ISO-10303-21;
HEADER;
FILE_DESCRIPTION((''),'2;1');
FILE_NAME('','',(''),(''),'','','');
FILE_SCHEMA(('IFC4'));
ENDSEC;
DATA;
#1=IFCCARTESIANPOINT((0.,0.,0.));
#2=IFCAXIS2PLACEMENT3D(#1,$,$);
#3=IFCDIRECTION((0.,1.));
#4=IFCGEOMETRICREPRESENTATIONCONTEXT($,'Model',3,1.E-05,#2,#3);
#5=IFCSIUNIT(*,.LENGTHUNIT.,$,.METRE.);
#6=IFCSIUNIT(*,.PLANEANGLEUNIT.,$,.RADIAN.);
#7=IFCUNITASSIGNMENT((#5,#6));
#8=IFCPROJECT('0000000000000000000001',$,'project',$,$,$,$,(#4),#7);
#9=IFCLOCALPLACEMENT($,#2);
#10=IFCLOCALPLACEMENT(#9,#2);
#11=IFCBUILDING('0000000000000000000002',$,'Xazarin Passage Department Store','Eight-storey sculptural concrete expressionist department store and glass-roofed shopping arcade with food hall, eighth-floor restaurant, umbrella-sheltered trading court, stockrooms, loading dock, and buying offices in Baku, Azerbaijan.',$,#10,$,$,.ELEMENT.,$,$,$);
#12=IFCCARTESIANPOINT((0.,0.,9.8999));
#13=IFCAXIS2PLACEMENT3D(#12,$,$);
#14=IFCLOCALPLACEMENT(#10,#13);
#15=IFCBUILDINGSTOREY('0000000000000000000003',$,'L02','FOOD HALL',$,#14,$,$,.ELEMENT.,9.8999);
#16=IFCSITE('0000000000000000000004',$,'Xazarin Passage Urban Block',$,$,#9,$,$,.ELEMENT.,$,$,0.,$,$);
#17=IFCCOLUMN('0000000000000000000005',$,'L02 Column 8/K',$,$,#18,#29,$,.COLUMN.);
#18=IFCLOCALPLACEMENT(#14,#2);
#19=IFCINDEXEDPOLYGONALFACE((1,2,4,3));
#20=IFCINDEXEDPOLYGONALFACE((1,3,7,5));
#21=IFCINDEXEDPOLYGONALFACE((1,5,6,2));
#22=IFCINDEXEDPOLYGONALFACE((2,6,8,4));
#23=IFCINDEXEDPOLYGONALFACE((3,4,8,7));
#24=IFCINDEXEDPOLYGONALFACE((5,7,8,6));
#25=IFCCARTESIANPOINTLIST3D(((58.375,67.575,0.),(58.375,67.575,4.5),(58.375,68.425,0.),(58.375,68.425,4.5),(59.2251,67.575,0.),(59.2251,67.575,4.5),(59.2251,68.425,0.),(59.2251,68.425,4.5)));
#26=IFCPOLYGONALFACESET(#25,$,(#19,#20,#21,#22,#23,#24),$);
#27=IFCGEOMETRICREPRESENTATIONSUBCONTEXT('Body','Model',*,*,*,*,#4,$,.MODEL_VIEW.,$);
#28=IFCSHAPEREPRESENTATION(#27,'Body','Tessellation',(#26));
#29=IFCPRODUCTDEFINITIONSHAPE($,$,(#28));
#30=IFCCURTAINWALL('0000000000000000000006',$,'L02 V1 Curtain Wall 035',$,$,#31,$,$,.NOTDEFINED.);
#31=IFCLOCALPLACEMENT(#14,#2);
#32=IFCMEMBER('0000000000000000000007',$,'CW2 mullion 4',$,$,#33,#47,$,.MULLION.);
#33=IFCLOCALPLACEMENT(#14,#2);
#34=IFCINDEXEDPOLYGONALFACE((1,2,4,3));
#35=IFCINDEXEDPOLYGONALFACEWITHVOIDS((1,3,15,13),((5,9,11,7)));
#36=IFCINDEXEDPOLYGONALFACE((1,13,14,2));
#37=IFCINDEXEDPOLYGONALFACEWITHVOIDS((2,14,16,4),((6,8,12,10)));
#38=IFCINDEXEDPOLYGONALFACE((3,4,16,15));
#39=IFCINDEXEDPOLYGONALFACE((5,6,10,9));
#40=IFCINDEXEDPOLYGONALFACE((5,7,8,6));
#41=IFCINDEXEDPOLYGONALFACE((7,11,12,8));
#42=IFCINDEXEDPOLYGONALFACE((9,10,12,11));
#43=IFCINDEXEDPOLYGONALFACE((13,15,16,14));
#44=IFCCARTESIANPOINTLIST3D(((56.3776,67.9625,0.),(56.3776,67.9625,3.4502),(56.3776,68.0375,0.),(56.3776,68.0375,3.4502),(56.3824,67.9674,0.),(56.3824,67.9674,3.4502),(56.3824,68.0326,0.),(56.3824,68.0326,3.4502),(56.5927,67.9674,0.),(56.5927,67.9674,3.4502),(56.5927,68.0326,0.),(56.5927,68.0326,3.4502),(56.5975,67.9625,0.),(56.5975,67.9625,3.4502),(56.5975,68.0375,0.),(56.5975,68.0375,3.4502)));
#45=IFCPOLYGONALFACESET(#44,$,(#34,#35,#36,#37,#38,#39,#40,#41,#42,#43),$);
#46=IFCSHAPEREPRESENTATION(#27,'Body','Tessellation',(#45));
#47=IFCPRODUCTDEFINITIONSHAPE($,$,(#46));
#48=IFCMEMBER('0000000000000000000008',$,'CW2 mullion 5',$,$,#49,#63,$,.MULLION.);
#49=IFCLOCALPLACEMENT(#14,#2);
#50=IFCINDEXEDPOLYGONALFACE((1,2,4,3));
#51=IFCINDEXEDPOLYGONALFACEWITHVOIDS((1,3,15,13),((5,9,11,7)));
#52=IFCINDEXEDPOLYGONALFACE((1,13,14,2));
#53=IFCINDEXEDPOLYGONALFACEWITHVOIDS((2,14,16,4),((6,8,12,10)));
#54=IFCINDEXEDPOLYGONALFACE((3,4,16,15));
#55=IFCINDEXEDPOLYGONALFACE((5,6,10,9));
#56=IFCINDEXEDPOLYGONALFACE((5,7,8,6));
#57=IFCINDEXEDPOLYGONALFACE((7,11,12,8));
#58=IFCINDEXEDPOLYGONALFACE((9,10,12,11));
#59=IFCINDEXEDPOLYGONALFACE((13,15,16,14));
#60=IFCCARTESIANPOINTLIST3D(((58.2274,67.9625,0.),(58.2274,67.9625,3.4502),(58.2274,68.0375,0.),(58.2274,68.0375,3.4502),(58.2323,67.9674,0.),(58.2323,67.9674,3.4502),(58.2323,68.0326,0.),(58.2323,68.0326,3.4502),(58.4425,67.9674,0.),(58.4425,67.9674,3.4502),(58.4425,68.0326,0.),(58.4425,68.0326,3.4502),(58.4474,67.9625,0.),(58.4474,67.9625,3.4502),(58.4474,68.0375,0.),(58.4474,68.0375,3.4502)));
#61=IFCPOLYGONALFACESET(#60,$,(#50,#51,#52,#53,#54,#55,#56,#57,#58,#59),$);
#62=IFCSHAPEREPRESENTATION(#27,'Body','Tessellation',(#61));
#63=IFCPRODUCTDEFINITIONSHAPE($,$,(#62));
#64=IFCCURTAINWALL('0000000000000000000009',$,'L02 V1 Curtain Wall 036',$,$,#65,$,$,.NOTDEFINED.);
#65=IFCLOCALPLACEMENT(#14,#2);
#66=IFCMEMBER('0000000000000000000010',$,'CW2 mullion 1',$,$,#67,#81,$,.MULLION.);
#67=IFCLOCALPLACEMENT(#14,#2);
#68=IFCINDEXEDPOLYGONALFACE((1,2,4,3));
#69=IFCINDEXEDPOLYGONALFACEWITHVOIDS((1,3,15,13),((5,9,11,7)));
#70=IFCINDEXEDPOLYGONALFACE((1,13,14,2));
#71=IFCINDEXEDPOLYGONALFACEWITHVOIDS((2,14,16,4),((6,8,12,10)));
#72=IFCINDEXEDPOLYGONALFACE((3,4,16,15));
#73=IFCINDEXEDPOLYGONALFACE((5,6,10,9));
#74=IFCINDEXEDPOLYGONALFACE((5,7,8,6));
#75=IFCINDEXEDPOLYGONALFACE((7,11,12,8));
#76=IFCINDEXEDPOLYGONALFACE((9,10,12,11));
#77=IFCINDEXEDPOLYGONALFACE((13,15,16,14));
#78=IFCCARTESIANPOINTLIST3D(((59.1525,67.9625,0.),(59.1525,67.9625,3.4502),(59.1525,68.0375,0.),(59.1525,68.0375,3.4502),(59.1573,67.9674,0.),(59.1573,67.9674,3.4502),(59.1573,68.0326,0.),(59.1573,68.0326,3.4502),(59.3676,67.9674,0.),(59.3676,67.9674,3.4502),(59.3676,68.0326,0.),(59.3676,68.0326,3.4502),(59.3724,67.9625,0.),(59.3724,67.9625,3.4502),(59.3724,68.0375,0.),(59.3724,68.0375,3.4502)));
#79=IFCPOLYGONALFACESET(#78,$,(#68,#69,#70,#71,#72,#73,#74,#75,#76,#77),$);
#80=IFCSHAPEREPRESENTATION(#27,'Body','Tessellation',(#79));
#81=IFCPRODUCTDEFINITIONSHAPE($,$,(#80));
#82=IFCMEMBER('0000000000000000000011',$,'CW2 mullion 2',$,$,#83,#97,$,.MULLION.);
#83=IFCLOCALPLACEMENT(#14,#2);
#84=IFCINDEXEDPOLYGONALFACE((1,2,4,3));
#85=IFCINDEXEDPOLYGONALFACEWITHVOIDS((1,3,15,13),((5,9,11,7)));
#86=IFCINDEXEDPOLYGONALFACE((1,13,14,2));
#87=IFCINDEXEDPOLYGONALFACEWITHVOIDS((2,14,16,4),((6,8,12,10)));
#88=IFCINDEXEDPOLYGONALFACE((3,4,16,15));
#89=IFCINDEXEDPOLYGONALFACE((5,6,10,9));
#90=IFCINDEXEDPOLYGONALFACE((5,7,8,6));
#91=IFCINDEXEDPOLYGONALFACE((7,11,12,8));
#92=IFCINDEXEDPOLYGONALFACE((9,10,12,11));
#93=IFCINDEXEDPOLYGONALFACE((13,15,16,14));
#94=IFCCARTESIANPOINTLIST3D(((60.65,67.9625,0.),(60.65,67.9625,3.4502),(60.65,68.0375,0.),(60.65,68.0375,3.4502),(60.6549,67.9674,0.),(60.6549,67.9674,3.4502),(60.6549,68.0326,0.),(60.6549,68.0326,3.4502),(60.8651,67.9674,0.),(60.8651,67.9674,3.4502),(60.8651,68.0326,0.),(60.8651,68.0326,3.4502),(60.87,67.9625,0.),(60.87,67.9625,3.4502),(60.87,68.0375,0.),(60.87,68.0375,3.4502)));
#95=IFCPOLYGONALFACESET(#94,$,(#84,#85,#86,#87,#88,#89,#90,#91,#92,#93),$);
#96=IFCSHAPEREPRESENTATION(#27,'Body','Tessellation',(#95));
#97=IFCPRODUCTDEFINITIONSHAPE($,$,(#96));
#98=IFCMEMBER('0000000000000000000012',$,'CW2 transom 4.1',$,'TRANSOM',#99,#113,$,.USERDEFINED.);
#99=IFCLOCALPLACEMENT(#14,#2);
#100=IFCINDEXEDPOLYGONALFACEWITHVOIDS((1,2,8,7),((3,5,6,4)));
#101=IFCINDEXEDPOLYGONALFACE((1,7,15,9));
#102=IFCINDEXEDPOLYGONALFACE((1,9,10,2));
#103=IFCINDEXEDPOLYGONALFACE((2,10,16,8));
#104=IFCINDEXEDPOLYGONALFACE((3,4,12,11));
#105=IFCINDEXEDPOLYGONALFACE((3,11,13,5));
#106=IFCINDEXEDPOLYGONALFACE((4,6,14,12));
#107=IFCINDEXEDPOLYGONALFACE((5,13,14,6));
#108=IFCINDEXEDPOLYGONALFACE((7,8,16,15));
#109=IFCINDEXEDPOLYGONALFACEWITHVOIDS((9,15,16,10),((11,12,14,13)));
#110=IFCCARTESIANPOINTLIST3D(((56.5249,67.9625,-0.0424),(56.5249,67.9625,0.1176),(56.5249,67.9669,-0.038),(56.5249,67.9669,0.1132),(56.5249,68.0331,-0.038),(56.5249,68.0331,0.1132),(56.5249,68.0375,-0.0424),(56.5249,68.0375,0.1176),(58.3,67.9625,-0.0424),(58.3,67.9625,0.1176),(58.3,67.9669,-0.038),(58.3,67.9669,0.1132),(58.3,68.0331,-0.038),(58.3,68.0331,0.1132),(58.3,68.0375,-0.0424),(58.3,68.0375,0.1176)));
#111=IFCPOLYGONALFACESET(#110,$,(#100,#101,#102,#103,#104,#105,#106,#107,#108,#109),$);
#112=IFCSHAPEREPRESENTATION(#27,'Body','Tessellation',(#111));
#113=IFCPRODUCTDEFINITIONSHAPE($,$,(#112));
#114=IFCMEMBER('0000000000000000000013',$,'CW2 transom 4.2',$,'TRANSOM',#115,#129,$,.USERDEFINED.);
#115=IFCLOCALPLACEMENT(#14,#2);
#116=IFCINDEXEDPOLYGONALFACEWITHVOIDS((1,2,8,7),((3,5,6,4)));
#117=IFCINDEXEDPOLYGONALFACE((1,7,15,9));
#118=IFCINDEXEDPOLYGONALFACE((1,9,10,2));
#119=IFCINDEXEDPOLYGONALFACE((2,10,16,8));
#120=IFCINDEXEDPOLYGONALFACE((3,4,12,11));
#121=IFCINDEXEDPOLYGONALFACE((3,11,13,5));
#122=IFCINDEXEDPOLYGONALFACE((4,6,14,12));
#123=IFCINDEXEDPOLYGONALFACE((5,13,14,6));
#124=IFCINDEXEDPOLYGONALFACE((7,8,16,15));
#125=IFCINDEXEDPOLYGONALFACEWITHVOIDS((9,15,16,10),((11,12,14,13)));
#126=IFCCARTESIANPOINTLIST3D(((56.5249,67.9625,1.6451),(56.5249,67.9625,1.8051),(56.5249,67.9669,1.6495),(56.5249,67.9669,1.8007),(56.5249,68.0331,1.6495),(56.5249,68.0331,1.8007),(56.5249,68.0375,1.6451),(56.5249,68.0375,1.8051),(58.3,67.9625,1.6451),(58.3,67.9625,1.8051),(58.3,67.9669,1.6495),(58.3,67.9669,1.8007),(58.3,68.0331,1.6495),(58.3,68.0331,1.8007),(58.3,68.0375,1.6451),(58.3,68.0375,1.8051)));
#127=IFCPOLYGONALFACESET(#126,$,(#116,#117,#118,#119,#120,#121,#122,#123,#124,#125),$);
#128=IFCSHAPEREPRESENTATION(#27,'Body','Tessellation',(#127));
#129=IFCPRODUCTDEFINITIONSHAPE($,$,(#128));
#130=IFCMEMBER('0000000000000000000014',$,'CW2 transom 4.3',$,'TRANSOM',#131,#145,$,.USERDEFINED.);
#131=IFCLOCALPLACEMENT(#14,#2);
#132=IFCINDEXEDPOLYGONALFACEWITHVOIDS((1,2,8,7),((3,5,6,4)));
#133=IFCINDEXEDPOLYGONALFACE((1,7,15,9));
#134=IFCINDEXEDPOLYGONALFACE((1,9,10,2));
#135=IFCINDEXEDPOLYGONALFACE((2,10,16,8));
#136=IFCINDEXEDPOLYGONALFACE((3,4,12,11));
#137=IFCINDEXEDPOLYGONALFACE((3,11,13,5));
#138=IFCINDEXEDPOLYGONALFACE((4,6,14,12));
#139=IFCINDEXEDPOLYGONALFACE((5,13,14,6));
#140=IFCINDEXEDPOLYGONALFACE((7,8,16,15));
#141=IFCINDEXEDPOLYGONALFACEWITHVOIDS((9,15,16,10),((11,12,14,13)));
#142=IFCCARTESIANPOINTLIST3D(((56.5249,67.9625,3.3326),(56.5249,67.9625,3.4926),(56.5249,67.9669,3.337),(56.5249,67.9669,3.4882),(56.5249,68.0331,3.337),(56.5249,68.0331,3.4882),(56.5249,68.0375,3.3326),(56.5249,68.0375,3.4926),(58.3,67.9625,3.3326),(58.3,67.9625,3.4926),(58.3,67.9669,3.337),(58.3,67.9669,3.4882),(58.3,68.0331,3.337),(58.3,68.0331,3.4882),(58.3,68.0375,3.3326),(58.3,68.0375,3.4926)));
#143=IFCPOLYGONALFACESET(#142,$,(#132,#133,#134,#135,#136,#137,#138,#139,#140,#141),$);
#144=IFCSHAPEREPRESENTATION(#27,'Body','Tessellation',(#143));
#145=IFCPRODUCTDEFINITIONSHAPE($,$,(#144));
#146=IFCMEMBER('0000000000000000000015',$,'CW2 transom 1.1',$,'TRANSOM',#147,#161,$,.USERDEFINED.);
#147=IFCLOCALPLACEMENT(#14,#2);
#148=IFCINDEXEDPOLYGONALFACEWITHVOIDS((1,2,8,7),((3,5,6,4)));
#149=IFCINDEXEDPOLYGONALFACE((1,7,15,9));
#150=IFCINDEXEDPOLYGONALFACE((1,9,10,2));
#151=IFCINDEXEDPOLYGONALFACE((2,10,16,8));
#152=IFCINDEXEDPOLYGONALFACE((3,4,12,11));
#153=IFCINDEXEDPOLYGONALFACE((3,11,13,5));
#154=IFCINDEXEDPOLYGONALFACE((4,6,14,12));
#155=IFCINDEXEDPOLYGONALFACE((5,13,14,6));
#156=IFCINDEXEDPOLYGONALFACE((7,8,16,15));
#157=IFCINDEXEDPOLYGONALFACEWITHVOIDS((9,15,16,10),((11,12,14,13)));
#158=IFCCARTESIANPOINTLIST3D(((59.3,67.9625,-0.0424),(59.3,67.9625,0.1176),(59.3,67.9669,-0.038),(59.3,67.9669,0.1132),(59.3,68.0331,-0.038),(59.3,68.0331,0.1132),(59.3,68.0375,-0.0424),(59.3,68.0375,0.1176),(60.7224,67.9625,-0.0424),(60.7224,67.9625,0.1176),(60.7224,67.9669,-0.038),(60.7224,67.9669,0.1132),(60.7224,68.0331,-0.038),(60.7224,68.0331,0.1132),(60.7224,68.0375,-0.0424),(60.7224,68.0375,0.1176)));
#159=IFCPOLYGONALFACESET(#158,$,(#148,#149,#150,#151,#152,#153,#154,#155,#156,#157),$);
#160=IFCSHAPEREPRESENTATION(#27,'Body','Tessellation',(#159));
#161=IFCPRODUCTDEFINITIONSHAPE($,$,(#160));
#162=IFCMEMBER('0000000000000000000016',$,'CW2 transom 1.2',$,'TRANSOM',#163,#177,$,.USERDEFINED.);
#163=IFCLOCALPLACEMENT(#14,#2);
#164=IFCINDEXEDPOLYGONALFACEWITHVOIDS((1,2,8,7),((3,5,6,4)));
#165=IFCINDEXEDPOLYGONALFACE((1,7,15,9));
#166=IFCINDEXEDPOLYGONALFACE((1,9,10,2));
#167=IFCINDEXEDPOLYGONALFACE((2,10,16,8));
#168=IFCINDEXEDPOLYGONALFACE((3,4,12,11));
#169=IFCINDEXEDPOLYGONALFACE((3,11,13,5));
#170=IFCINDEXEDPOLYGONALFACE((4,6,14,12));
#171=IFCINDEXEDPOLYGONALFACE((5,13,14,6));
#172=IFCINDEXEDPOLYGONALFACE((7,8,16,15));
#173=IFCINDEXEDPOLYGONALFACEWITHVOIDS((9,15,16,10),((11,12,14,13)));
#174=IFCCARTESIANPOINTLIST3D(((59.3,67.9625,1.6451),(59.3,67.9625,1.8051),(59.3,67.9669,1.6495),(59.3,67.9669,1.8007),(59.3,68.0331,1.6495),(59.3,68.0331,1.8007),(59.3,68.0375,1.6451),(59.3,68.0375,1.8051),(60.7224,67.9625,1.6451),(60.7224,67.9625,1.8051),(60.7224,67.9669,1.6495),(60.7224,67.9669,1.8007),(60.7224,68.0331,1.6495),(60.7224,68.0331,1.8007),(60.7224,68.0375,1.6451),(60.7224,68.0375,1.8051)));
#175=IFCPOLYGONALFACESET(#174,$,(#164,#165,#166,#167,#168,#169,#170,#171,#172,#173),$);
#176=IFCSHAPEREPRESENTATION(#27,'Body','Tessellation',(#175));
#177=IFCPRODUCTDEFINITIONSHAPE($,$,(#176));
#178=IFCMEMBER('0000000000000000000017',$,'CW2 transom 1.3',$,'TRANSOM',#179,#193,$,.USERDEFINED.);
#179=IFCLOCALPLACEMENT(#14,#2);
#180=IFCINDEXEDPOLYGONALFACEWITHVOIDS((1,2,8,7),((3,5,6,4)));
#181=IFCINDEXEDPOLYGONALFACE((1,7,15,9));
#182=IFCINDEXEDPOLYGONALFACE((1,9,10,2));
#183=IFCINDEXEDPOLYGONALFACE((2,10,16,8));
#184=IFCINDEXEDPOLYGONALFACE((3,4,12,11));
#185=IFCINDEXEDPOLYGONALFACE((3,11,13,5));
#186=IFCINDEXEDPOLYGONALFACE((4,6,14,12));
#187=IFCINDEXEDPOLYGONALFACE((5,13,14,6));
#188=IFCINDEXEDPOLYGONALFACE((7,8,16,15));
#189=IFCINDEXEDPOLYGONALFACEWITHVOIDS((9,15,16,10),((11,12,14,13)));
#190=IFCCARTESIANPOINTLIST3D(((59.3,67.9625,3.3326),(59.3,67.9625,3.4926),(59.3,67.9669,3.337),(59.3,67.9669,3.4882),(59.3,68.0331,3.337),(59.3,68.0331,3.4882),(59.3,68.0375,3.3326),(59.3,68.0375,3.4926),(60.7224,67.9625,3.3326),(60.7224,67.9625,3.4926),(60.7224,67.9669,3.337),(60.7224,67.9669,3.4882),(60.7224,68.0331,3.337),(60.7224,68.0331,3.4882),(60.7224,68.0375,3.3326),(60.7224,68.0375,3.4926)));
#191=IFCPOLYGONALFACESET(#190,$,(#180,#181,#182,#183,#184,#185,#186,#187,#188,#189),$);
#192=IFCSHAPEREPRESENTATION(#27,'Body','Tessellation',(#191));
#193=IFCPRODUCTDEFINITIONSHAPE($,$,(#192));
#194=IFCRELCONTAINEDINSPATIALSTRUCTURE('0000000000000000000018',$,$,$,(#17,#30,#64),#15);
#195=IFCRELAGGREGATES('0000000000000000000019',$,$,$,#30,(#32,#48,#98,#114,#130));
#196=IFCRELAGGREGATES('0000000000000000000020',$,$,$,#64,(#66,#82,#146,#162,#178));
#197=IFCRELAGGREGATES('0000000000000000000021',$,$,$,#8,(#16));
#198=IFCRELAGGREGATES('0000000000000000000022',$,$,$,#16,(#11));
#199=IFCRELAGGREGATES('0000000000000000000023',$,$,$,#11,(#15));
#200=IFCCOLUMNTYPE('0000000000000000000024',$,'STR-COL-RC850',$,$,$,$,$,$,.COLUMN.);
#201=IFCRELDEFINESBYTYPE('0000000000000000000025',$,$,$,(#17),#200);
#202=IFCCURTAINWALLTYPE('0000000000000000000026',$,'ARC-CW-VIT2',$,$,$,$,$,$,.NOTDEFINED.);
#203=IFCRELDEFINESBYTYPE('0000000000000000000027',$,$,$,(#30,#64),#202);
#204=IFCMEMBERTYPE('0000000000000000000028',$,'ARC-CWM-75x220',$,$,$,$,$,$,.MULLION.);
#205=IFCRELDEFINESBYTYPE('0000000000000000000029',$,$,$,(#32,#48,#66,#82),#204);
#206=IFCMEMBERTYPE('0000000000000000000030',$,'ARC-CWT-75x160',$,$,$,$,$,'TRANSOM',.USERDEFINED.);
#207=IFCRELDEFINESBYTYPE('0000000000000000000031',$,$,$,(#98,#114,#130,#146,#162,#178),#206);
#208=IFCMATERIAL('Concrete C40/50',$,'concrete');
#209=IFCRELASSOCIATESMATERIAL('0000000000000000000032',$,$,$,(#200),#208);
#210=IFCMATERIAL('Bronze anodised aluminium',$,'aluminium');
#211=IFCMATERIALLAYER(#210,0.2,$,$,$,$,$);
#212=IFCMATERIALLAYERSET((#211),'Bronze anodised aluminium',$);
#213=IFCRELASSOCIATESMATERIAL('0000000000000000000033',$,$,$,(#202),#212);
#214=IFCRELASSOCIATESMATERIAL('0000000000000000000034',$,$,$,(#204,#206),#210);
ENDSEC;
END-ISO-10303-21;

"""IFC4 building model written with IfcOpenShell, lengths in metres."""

from ifc_helpers import new_model, si_unit, direction, frame, origin, origin_2d, place, context, subcontext, project, spatial, rectangle, hollow_rectangle, extrude, material, layer, layer_set, material_profile, profile_set, type_object, element, aggregate, save


model = new_model("IFC4")

# Units and contexts
model_context = context("Model", 3, precision=1e-05, world=origin(), true_north=direction((0.0, 1.0)))
body_context = subcontext(model_context, "Body", "Model", "MODEL_VIEW")
ifc_project = project(units=[si_unit("LENGTHUNIT", "METRE"), si_unit("PLANEANGLEUNIT", "RADIAN")], contexts=[model_context])

# Site, building, storey
site_placement = place(None, origin())
site = spatial("IfcSite", under=ifc_project, at=site_placement, Name="Xazarin Passage Urban Block", CompositionType="ELEMENT", RefElevation=0.0)
building_placement = place(site_placement, origin())
building = spatial("IfcBuilding", under=site, at=building_placement, Name="Xazarin Passage Department Store", Description="Eight-storey sculptural concrete expressionist department store and glass-roofed shopping arcade with food hall, eighth-floor restaurant, umbrella-sheltered trading court, stockrooms, loading dock, and buying offices in Baku, Azerbaijan.", CompositionType="ELEMENT")
storey_placement = place(building_placement, frame((0.0, 0.0, 9.8999)))
storey = spatial("IfcBuildingStorey", under=building, at=storey_placement, Name="L02", Description="FOOD HALL", CompositionType="ELEMENT", Elevation=9.8999)

# Column
ifc_material_1 = material(Name="Concrete C40/50", Category="concrete")
ifc_material_profile_1 = material_profile(ifc_material_1, rectangle(XDim=0.8501, YDim=0.8501, at=origin_2d()), Name="RC 850x850")
ifc_profile_set_1 = profile_set([ifc_material_profile_1], Name="Concrete C40/50")
column_type = type_object("IfcColumnType", Name="STR-COL-RC850", PredefinedType="COLUMN", material=ifc_profile_set_1)
column_placement = place(storey_placement, frame((58.8, 68.0, 0.0), z_axis=(0.0, 0.0, 1.0), x_axis=(1.0, 0.0, 0.0)))
element("IfcColumn", 1, at=column_placement, inside=storey, type_object=column_type, Name="L02 Column 8/K", PredefinedType="COLUMN", context=body_context, shape_type="SweptSolid", body=[
    extrude(rectangle(XDim=0.8501, YDim=0.8501, at=origin_2d()), origin(), (0.0, 0.0, 1.0), 4.5),
])

# Curtain walls, members
ifc_material_2 = material(Name="Bronze anodised aluminium", Category="aluminium")
ifc_layer_1 = layer(ifc_material_2, 0.2)
ifc_layer_set_1 = layer_set([ifc_layer_1], Name="Bronze anodised aluminium")
curtain_wall_type = type_object("IfcCurtainWallType", Name="ARC-CW-VIT2", PredefinedType="NOTDEFINED", material=ifc_layer_set_1)
curtain_wall_1_placement = place(storey_placement, origin())
curtain_wall_1 = element("IfcCurtainWall", 2, at=curtain_wall_1_placement, inside=storey, type_object=curtain_wall_type, Name="L02 V1 Curtain Wall 035", PredefinedType="NOTDEFINED")
ifc_material_profile_2 = material_profile(ifc_material_2, hollow_rectangle(XDim=0.075, YDim=0.22, WallThickness=0.0049, at=origin_2d()), Name="ALU 75x220")
ifc_profile_set_2 = profile_set([ifc_material_profile_2], Name="Bronze anodised aluminium")
member_type_1 = type_object("IfcMemberType", Name="ARC-CWM-75x220", PredefinedType="MULLION", material=ifc_profile_set_2)
member_1_placement = place(storey_placement, frame((56.4875, 68.0, 0.0), z_axis=(0.0, 0.0, 1.0), x_axis=(0.0, 1.0, 0.0)))
member_1 = element("IfcMember", 3, at=member_1_placement, type_object=member_type_1, Name="CW2 mullion 4", PredefinedType="MULLION", context=body_context, shape_type="SweptSolid", body=[
    extrude(hollow_rectangle(XDim=0.075, YDim=0.22, WallThickness=0.0049, at=origin_2d()), origin(), (0.0, 0.0, 1.0), 3.4502),
])
member_2_placement = place(storey_placement, frame((58.3374, 68.0, 0.0), z_axis=(0.0, 0.0, 1.0), x_axis=(0.0, 1.0, 0.0)))
member_2 = element("IfcMember", 4, at=member_2_placement, type_object=member_type_1, Name="CW2 mullion 5", PredefinedType="MULLION", context=body_context, shape_type="SweptSolid", body=[
    extrude(hollow_rectangle(XDim=0.075, YDim=0.22, WallThickness=0.0049, at=origin_2d()), origin(), (0.0, 0.0, 1.0), 3.4502),
])
curtain_wall_2_placement = place(storey_placement, origin())
curtain_wall_2 = element("IfcCurtainWall", 5, at=curtain_wall_2_placement, inside=storey, type_object=curtain_wall_type, Name="L02 V1 Curtain Wall 036", PredefinedType="NOTDEFINED")
member_3_placement = place(storey_placement, frame((59.2625, 68.0, 0.0), z_axis=(0.0, 0.0, 1.0), x_axis=(0.0, 1.0, 0.0)))
member_3 = element("IfcMember", 6, at=member_3_placement, type_object=member_type_1, Name="CW2 mullion 1", PredefinedType="MULLION", context=body_context, shape_type="SweptSolid", body=[
    extrude(hollow_rectangle(XDim=0.075, YDim=0.22, WallThickness=0.0049, at=origin_2d()), origin(), (0.0, 0.0, 1.0), 3.4502),
])
member_4_placement = place(storey_placement, frame((60.76, 68.0, 0.0), z_axis=(0.0, 0.0, 1.0), x_axis=(0.0, 1.0, 0.0)))
member_4 = element("IfcMember", 7, at=member_4_placement, type_object=member_type_1, Name="CW2 mullion 2", PredefinedType="MULLION", context=body_context, shape_type="SweptSolid", body=[
    extrude(hollow_rectangle(XDim=0.075, YDim=0.22, WallThickness=0.0049, at=origin_2d()), origin(), (0.0, 0.0, 1.0), 3.4502),
])

# Members
ifc_material_profile_3 = material_profile(ifc_material_2, hollow_rectangle(XDim=0.075, YDim=0.1599, WallThickness=0.0044, at=origin_2d()), Name="ALU 75x160")
ifc_profile_set_3 = profile_set([ifc_material_profile_3], Name="Bronze anodised aluminium")
member_type_2 = type_object("IfcMemberType", Name="ARC-CWT-75x160", ElementType="TRANSOM", PredefinedType="USERDEFINED", material=ifc_profile_set_3)
member_5_placement = place(storey_placement, frame((56.5249, 68.0, 0.0376), z_axis=(1.0, 0.0, 0.0), x_axis=(0.0, 1.0, 0.0)))
member_5 = element("IfcMember", 8, at=member_5_placement, type_object=member_type_2, Name="CW2 transom 4.1", ObjectType="TRANSOM", PredefinedType="USERDEFINED", context=body_context, shape_type="SweptSolid", body=[
    extrude(hollow_rectangle(XDim=0.075, YDim=0.1599, WallThickness=0.0044, at=origin_2d()), origin(), (0.0, 0.0, 1.0), 1.7751),
])
member_6_placement = place(storey_placement, frame((56.5249, 68.0, 1.7251), z_axis=(1.0, 0.0, 0.0), x_axis=(0.0, 1.0, 0.0)))
member_6 = element("IfcMember", 9, at=member_6_placement, type_object=member_type_2, Name="CW2 transom 4.2", ObjectType="TRANSOM", PredefinedType="USERDEFINED", context=body_context, shape_type="SweptSolid", body=[
    extrude(hollow_rectangle(XDim=0.075, YDim=0.1599, WallThickness=0.0044, at=origin_2d()), origin(), (0.0, 0.0, 1.0), 1.7751),
])
member_7_placement = place(storey_placement, frame((56.5249, 68.0, 3.4126), z_axis=(1.0, 0.0, 0.0), x_axis=(0.0, 1.0, 0.0)))
member_7 = element("IfcMember", 10, at=member_7_placement, type_object=member_type_2, Name="CW2 transom 4.3", ObjectType="TRANSOM", PredefinedType="USERDEFINED", context=body_context, shape_type="SweptSolid", body=[
    extrude(hollow_rectangle(XDim=0.075, YDim=0.1599, WallThickness=0.0044, at=origin_2d()), origin(), (0.0, 0.0, 1.0), 1.7751),
])
member_8_placement = place(storey_placement, frame((59.3, 68.0, 0.0376), z_axis=(1.0, 0.0, 0.0), x_axis=(0.0, 1.0, 0.0)))
member_8 = element("IfcMember", 11, at=member_8_placement, type_object=member_type_2, Name="CW2 transom 1.1", ObjectType="TRANSOM", PredefinedType="USERDEFINED", context=body_context, shape_type="SweptSolid", body=[
    extrude(hollow_rectangle(XDim=0.075, YDim=0.1599, WallThickness=0.0044, at=origin_2d()), origin(), (0.0, 0.0, 1.0), 1.4224),
])
member_9_placement = place(storey_placement, frame((59.3, 68.0, 1.7251), z_axis=(1.0, 0.0, 0.0), x_axis=(0.0, 1.0, 0.0)))
member_9 = element("IfcMember", 12, at=member_9_placement, type_object=member_type_2, Name="CW2 transom 1.2", ObjectType="TRANSOM", PredefinedType="USERDEFINED", context=body_context, shape_type="SweptSolid", body=[
    extrude(hollow_rectangle(XDim=0.075, YDim=0.1599, WallThickness=0.0044, at=origin_2d()), origin(), (0.0, 0.0, 1.0), 1.4224),
])
member_10_placement = place(storey_placement, frame((59.3, 68.0, 3.4126), z_axis=(1.0, 0.0, 0.0), x_axis=(0.0, 1.0, 0.0)))
member_10 = element("IfcMember", 13, at=member_10_placement, type_object=member_type_2, Name="CW2 transom 1.3", ObjectType="TRANSOM", PredefinedType="USERDEFINED", context=body_context, shape_type="SweptSolid", body=[
    extrude(hollow_rectangle(XDim=0.075, YDim=0.1599, WallThickness=0.0044, at=origin_2d()), origin(), (0.0, 0.0, 1.0), 1.4224),
])

aggregate(curtain_wall_1, [member_1, member_2, member_5, member_6, member_7])
aggregate(curtain_wall_2, [member_3, member_4, member_8, member_9, member_10])

save(model, "model.ifc")
